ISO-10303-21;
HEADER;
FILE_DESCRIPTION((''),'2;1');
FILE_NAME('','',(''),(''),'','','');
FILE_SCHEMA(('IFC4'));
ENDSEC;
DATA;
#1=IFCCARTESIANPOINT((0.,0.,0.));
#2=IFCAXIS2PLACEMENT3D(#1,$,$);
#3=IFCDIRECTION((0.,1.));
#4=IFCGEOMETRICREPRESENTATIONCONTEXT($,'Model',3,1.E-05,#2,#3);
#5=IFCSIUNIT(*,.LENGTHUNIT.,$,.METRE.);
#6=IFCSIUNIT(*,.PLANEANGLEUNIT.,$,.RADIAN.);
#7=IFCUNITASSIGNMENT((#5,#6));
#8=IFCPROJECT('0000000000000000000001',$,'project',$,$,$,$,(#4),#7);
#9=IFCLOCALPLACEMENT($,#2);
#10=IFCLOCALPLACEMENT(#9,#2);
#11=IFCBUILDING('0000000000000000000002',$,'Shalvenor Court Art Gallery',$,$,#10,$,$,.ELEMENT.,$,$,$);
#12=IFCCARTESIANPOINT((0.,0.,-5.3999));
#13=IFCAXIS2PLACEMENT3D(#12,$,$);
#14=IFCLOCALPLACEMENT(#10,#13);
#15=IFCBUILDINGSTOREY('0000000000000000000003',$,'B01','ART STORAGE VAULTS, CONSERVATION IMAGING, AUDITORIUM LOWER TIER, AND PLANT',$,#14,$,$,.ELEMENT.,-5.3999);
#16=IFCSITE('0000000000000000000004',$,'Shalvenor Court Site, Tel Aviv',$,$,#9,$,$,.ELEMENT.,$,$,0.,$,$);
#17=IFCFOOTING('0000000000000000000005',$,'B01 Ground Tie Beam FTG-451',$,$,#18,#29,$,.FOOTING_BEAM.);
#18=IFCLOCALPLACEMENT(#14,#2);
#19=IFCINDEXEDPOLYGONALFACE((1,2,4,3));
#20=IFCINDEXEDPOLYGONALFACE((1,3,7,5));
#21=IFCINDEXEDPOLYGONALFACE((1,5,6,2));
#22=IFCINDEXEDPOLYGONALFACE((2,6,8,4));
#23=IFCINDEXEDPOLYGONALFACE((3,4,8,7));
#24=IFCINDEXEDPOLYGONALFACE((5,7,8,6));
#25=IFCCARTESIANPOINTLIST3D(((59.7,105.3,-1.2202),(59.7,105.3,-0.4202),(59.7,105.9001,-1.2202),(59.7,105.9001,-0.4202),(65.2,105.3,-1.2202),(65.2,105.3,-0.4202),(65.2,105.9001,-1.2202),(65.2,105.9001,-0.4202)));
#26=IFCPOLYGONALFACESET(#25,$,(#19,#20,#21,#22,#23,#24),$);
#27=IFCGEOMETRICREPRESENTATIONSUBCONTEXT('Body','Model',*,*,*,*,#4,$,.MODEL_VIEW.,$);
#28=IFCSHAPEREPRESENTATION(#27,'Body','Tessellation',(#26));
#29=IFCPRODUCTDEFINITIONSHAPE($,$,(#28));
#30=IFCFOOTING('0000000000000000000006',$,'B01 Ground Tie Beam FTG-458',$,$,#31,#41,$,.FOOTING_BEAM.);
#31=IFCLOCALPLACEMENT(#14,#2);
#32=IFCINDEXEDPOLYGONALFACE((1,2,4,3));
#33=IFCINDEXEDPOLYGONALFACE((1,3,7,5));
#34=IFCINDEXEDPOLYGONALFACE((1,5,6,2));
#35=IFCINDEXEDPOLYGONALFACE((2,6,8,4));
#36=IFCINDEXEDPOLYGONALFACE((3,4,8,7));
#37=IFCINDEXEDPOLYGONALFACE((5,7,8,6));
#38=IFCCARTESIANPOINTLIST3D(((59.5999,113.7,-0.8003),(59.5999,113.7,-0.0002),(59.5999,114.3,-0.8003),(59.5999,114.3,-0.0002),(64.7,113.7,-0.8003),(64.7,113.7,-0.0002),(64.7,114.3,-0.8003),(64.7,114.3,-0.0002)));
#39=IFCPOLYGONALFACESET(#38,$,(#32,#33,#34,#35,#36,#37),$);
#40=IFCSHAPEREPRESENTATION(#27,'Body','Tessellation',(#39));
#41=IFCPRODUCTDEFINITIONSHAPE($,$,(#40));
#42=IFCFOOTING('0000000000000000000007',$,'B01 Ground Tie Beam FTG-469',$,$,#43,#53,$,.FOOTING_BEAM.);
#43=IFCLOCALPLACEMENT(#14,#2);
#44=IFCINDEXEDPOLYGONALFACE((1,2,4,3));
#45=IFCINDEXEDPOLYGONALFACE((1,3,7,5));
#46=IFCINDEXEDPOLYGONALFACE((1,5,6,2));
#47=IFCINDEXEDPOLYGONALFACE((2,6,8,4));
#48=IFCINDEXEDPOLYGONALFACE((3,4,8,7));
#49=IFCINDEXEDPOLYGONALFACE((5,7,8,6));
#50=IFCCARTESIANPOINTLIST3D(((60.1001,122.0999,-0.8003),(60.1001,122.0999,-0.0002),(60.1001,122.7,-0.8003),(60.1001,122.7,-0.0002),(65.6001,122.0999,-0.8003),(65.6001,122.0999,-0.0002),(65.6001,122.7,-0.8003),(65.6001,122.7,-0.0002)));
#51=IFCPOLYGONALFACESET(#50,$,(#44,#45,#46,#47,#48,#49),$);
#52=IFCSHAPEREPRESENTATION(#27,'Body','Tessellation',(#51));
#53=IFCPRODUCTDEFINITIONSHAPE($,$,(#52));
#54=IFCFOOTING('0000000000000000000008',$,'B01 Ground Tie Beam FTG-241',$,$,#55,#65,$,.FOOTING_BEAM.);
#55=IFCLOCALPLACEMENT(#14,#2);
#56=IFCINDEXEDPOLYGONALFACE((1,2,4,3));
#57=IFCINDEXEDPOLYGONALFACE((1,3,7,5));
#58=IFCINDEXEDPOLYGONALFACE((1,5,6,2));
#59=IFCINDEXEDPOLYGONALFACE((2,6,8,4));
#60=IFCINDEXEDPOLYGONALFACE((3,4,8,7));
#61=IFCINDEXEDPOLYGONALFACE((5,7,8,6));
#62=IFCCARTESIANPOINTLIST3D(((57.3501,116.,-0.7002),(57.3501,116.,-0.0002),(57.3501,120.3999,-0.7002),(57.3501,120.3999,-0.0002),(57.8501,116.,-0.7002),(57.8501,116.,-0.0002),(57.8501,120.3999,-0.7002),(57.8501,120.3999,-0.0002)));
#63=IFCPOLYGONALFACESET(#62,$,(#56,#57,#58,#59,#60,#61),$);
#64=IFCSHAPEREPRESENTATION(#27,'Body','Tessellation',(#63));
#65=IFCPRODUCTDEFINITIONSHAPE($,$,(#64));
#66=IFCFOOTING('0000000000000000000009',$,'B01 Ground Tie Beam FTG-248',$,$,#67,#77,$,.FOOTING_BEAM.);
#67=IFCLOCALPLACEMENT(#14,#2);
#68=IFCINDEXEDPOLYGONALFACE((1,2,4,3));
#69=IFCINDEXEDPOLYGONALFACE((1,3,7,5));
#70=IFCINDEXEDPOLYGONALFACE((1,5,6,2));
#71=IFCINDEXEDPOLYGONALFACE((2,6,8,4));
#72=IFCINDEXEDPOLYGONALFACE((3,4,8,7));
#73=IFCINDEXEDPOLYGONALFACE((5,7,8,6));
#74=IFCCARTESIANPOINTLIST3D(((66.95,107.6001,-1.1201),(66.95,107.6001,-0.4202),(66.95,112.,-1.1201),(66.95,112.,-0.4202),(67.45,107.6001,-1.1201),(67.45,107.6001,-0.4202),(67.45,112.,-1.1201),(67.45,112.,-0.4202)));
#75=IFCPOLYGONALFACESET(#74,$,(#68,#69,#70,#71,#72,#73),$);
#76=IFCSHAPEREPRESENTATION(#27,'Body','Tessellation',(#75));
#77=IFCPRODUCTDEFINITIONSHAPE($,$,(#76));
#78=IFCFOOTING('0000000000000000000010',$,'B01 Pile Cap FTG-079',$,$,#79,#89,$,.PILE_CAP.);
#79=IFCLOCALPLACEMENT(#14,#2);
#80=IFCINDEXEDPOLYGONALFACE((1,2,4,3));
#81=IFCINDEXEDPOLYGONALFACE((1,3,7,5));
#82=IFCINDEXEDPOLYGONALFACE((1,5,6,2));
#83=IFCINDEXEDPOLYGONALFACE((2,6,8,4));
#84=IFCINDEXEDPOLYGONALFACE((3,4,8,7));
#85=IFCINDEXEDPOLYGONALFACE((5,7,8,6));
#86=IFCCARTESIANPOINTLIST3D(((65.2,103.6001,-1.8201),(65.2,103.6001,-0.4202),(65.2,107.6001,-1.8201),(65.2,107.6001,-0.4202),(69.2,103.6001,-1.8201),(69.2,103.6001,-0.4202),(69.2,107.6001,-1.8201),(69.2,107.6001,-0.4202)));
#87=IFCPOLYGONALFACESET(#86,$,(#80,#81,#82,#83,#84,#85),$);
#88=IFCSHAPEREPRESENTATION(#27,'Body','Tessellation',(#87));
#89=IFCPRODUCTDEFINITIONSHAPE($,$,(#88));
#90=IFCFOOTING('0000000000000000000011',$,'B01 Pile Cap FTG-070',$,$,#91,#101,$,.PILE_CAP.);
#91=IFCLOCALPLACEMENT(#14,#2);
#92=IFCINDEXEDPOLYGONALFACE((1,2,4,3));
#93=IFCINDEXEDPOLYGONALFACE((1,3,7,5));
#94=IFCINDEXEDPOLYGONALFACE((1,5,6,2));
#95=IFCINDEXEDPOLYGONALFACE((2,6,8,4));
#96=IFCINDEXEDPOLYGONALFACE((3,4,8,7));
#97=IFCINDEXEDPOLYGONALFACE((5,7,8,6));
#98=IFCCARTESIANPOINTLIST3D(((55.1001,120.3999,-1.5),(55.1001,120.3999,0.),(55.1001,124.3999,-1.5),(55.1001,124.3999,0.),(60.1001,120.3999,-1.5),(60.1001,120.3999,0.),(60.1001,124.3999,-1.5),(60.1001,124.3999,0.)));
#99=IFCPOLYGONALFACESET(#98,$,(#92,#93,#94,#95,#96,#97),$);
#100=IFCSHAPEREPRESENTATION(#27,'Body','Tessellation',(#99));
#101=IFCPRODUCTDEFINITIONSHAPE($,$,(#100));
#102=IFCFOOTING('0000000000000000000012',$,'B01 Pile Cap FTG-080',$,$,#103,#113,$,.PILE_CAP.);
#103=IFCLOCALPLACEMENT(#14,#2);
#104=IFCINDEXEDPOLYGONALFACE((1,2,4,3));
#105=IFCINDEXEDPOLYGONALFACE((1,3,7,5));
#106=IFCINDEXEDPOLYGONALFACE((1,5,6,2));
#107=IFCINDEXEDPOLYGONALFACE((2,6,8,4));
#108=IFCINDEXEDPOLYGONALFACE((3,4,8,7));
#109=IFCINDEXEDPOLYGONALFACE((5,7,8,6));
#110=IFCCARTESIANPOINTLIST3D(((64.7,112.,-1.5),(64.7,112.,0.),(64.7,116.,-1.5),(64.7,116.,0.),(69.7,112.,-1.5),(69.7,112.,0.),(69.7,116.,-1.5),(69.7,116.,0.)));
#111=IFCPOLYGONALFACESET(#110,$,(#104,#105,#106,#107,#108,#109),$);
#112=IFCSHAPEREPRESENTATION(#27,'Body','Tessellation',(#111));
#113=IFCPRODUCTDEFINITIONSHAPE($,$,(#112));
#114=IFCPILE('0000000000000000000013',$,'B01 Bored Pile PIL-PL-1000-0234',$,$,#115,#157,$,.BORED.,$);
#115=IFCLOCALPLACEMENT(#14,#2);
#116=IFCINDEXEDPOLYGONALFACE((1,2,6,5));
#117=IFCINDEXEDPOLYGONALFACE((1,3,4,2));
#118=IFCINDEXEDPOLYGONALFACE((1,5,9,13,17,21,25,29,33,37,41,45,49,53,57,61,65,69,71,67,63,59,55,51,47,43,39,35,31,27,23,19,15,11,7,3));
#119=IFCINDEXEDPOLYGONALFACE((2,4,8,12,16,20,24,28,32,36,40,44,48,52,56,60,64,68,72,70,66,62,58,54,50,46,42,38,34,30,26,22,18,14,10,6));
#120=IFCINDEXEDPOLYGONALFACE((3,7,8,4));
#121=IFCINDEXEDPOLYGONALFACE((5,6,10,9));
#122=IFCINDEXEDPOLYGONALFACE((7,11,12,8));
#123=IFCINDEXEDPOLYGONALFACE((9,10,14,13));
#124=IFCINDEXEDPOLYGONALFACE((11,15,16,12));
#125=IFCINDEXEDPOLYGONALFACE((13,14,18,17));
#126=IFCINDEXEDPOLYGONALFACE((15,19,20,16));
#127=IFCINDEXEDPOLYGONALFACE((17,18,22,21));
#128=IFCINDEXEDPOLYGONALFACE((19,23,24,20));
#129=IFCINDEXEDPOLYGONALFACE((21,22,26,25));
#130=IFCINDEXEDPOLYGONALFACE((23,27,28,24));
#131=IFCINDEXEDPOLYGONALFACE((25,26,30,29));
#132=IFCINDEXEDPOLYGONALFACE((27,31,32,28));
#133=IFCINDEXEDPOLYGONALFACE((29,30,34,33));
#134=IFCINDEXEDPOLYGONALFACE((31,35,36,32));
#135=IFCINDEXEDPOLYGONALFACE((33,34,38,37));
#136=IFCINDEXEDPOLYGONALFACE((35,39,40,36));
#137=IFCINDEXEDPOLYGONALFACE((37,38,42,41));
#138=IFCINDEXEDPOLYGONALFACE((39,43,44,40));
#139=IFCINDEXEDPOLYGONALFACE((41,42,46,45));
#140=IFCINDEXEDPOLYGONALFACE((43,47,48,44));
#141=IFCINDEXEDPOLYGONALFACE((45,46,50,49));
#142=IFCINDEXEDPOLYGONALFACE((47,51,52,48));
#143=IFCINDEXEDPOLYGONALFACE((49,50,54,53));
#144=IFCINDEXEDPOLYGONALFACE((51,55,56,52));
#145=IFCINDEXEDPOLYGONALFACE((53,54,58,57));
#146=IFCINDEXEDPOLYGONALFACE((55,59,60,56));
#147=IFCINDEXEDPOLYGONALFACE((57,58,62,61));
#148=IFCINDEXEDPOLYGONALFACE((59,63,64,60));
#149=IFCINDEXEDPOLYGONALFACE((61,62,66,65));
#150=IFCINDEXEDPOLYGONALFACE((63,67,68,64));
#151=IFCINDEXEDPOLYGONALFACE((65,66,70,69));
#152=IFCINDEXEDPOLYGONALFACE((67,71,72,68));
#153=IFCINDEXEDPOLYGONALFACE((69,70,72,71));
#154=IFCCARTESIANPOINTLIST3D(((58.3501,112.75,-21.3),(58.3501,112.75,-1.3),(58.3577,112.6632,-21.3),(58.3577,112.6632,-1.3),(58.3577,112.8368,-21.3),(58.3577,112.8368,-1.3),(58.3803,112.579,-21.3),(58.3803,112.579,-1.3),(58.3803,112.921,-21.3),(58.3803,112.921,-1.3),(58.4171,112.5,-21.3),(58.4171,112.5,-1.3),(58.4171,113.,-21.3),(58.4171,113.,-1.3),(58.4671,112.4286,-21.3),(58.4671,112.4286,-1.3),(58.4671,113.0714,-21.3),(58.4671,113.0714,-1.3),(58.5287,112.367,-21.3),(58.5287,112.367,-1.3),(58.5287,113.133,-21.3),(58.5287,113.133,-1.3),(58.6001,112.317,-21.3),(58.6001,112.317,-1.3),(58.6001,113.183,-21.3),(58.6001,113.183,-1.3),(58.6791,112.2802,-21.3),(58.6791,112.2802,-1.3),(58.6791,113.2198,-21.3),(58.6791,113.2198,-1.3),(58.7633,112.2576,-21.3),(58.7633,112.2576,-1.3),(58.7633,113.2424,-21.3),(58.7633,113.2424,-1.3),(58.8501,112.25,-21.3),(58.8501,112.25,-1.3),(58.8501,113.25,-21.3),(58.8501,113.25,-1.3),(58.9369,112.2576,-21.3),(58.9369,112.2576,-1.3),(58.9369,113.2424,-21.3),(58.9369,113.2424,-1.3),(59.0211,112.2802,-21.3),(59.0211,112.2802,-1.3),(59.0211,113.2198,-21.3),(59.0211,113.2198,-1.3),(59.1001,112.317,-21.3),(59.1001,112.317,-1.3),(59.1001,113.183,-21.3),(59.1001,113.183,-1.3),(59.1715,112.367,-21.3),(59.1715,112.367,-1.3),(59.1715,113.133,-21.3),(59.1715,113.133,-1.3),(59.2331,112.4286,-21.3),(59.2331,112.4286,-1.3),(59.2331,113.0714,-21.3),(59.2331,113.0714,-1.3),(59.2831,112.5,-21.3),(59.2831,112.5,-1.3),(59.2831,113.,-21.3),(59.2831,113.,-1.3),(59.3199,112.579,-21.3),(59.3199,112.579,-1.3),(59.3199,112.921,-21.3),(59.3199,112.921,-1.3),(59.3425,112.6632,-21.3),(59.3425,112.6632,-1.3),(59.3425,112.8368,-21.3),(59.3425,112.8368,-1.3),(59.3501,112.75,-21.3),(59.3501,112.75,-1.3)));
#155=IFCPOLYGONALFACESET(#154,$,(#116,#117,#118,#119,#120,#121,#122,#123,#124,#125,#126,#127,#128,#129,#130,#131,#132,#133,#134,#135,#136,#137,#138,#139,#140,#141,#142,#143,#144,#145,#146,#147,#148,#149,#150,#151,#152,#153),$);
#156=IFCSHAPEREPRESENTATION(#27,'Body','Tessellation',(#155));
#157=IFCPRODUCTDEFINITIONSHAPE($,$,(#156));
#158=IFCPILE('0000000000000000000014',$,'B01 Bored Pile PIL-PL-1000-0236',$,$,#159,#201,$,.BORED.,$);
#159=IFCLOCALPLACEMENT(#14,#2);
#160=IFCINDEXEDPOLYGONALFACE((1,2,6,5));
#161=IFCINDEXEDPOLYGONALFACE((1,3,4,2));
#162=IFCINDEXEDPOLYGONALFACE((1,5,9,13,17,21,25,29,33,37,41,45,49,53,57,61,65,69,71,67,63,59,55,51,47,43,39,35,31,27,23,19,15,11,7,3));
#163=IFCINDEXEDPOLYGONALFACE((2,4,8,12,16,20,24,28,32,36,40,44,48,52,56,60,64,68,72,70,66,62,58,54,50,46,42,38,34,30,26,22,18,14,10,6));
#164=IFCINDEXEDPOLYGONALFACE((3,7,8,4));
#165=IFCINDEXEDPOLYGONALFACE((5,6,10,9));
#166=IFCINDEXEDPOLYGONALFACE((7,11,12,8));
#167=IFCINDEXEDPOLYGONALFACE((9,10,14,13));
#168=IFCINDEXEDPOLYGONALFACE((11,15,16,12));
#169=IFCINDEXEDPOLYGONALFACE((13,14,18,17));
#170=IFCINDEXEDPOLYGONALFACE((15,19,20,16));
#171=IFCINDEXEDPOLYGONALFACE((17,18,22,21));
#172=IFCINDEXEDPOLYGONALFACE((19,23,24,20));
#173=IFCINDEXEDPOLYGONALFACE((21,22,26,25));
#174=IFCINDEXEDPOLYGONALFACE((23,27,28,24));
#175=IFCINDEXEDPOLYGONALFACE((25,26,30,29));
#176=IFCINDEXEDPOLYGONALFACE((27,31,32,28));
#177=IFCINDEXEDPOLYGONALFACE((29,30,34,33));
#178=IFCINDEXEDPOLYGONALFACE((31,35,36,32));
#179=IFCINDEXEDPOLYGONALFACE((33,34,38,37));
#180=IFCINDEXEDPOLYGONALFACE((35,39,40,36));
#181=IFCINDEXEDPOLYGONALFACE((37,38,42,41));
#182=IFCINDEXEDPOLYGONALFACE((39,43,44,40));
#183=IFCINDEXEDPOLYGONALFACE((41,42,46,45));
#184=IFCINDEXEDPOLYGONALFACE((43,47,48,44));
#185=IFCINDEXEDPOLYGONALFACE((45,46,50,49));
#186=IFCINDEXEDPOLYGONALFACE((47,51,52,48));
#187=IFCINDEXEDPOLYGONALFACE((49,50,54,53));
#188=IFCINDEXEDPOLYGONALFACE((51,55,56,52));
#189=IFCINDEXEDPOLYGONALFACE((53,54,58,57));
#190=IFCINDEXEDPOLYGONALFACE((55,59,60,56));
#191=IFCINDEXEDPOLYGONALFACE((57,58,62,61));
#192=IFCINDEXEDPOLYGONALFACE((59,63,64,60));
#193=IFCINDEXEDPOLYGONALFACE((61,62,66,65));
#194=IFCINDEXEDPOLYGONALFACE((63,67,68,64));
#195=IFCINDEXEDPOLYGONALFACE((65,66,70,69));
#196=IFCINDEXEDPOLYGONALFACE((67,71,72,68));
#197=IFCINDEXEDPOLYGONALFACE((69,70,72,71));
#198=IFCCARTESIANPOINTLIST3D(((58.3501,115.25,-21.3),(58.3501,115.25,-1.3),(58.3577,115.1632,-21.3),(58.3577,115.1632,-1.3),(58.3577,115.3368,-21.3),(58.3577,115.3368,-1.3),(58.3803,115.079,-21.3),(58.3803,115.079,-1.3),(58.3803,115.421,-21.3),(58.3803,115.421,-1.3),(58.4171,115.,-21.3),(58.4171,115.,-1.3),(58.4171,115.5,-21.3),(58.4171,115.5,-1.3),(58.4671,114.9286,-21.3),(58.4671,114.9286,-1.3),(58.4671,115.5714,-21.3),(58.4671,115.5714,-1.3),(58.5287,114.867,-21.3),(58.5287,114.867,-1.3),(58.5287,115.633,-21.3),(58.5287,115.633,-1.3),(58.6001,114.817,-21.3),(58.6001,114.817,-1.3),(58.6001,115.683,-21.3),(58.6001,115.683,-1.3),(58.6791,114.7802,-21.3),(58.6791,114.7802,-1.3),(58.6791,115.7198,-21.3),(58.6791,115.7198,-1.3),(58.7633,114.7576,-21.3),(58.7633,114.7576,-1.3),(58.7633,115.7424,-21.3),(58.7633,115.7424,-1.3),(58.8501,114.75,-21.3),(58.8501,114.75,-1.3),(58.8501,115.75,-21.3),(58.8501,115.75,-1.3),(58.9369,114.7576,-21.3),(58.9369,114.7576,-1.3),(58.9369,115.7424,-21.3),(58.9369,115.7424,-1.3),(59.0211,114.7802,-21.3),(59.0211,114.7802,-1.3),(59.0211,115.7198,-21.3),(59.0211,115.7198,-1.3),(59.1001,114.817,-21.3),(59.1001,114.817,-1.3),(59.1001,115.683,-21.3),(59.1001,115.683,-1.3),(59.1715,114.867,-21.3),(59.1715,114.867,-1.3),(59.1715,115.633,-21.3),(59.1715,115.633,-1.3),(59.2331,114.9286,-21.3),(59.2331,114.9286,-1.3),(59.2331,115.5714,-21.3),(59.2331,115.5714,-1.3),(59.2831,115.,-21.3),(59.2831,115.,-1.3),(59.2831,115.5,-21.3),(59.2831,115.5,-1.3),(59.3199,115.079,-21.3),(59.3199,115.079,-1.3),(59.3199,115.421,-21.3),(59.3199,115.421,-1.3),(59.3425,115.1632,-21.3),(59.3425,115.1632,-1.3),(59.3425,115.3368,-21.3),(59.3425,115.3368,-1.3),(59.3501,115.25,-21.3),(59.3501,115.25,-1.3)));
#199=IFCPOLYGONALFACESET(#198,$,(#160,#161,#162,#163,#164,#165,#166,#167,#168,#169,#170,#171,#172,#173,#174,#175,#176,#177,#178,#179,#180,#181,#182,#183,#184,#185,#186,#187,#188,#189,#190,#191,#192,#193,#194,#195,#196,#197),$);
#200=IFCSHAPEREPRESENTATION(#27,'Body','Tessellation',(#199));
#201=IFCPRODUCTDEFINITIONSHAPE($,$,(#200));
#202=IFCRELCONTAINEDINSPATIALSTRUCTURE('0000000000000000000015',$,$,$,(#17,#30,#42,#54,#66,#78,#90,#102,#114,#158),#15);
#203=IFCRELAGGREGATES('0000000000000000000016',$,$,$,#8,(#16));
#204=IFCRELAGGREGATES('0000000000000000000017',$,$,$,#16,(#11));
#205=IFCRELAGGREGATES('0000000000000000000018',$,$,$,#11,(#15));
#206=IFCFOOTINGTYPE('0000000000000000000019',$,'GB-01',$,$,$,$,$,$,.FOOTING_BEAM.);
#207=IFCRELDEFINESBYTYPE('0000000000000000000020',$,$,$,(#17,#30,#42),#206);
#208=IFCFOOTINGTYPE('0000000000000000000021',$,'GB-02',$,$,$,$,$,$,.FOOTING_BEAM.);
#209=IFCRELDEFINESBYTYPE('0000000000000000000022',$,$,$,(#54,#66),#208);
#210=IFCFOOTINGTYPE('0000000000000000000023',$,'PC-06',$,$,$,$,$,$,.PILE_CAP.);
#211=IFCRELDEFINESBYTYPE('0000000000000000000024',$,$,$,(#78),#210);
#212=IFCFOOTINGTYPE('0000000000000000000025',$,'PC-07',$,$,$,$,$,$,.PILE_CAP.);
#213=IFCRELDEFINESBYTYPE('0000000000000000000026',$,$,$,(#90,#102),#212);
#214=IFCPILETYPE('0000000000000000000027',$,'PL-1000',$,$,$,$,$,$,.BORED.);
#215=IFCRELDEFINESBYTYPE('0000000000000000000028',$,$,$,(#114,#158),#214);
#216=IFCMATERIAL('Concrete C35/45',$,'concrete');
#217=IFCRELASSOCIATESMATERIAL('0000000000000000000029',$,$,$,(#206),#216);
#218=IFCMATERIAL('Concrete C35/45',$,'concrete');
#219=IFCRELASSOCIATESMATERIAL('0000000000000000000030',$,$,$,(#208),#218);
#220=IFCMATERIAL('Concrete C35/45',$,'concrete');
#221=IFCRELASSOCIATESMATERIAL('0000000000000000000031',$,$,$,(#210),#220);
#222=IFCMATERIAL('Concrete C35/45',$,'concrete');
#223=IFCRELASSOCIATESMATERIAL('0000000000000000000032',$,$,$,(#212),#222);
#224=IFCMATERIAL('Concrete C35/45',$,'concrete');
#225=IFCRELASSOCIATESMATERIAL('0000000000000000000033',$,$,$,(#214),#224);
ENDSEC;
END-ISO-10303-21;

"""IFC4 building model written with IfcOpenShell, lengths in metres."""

from ifc_helpers import new_model, si_unit, direction, frame, origin, origin_2d, place, context, subcontext, project, spatial, rectangle, circle, extrude, material, material_profile, profile_set, type_object, element, save


model = new_model("IFC4")

# Units and contexts
model_context = context("Model", 3, precision=1e-05, world=origin(), true_north=direction((0.0, 1.0)))
body_context = subcontext(model_context, "Body", "Model", "MODEL_VIEW")
ifc_project = project(units=[si_unit("LENGTHUNIT", "METRE"), si_unit("PLANEANGLEUNIT", "RADIAN")], contexts=[model_context])

# Site, building, storey
site_placement = place(None, origin())
site = spatial("IfcSite", under=ifc_project, at=site_placement, Name="Shalvenor Court Site, Tel Aviv", CompositionType="ELEMENT", RefElevation=0.0)
building_placement = place(site_placement, origin())
building = spatial("IfcBuilding", under=site, at=building_placement, Name="Shalvenor Court Art Gallery", CompositionType="ELEMENT")
storey_placement = place(building_placement, frame((0.0, 0.0, -5.3999)))
storey = spatial("IfcBuildingStorey", under=building, at=storey_placement, Name="B01", Description="ART STORAGE VAULTS, CONSERVATION IMAGING, AUDITORIUM LOWER TIER, AND PLANT", CompositionType="ELEMENT", Elevation=-5.3999)

# Footings
ifc_material_1 = material(Name="Concrete C35/45", Category="concrete")
footing_type_1 = type_object("IfcFootingType", Name="GB-01", PredefinedType="FOOTING_BEAM", material=ifc_material_1)
footing_1_placement = place(storey_placement, frame((62.45, 105.6001, -1.2202), z_axis=(0.0, 0.0, 1.0), x_axis=(1.0, 0.0, 0.0)))
element("IfcFooting", 1, at=footing_1_placement, inside=storey, type_object=footing_type_1, Name="B01 Ground Tie Beam FTG-451", PredefinedType="FOOTING_BEAM", context=body_context, shape_type="SweptSolid", body=[
    extrude(rectangle(XDim=5.5, YDim=0.6001, at=origin_2d()), origin(), (0.0, 0.0, 1.0), 0.8),
])
footing_2_placement = place(storey_placement, frame((62.1499, 114.0, -0.8003), z_axis=(0.0, 0.0, 1.0), x_axis=(1.0, 0.0, 0.0)))
element("IfcFooting", 2, at=footing_2_placement, inside=storey, type_object=footing_type_1, Name="B01 Ground Tie Beam FTG-458", PredefinedType="FOOTING_BEAM", context=body_context, shape_type="SweptSolid", body=[
    extrude(rectangle(XDim=5.1001, YDim=0.6001, at=origin_2d()), origin(), (0.0, 0.0, 1.0), 0.8),
])
footing_3_placement = place(storey_placement, frame((62.8501, 122.3999, -0.8003), z_axis=(0.0, 0.0, 1.0), x_axis=(1.0, 0.0, 0.0)))
element("IfcFooting", 3, at=footing_3_placement, inside=storey, type_object=footing_type_1, Name="B01 Ground Tie Beam FTG-469", PredefinedType="FOOTING_BEAM", context=body_context, shape_type="SweptSolid", body=[
    extrude(rectangle(XDim=5.5, YDim=0.6001, at=origin_2d()), origin(), (0.0, 0.0, 1.0), 0.8),
])
ifc_material_2 = material(Name="Concrete C35/45", Category="concrete")
footing_type_2 = type_object("IfcFootingType", Name="GB-02", PredefinedType="FOOTING_BEAM", material=ifc_material_2)
for number, where, z_axis, x_axis, name in (
    (4, (57.6001, 118.2, -0.7002), (0.0, 0.0, 1.0), (0.0, 1.0, 0.0), "B01 Ground Tie Beam FTG-241"),
    (5, (67.2, 109.8, -1.1201), (0.0, 0.0, 1.0), (0.0, 1.0, 0.0), "B01 Ground Tie Beam FTG-248"),
):
    element("IfcFooting", number, at=place(storey_placement, frame(where, z_axis=z_axis, x_axis=x_axis)), inside=storey, type_object=footing_type_2, Name=name, PredefinedType="FOOTING_BEAM", context=body_context, shape_type="SweptSolid", body=[
        extrude(rectangle(XDim=4.3999, YDim=0.5, at=origin_2d()), origin(), (0.0, 0.0, 1.0), 0.7),
    ])
ifc_material_3 = material(Name="Concrete C35/45", Category="concrete")
footing_type_3 = type_object("IfcFootingType", Name="PC-06", PredefinedType="PILE_CAP", material=ifc_material_3)
footing_4_placement = place(storey_placement, frame((67.2, 105.6001, -1.8201), z_axis=(0.0, 0.0, 1.0), x_axis=(1.0, 0.0, 0.0)))
element("IfcFooting", 6, at=footing_4_placement, inside=storey, type_object=footing_type_3, Name="B01 Pile Cap FTG-079", PredefinedType="PILE_CAP", context=body_context, shape_type="SweptSolid", body=[
    extrude(rectangle(XDim=4.0, YDim=4.0, at=origin_2d()), origin(), (0.0, 0.0, 1.0), 1.3999),
])
ifc_material_4 = material(Name="Concrete C35/45", Category="concrete")
footing_type_4 = type_object("IfcFootingType", Name="PC-07", PredefinedType="PILE_CAP", material=ifc_material_4)
for number, where, z_axis, x_axis, name in (
    (7, (57.6001, 122.3999, -1.5), (0.0, 0.0, 1.0), (1.0, 0.0, 0.0), "B01 Pile Cap FTG-070"),
    (8, (67.2, 114.0, -1.5), (0.0, 0.0, 1.0), (1.0, 0.0, 0.0), "B01 Pile Cap FTG-080"),
):
    element("IfcFooting", number, at=place(storey_placement, frame(where, z_axis=z_axis, x_axis=x_axis)), inside=storey, type_object=footing_type_4, Name=name, PredefinedType="PILE_CAP", context=body_context, shape_type="SweptSolid", body=[
        extrude(rectangle(XDim=5.0, YDim=4.0, at=origin_2d()), origin(), (0.0, 0.0, 1.0), 1.5),
    ])

# Piles
ifc_material_5 = material(Name="Concrete C35/45", Category="concrete")
ifc_material_profile_1 = material_profile(ifc_material_5, circle(Radius=0.5, at=origin_2d()), Name="PILE 1000")
ifc_profile_set_1 = profile_set([ifc_material_profile_1], Name="Concrete C35/45")
pile_type_1 = type_object("IfcPileType", Name="PL-1000", PredefinedType="BORED", material=ifc_profile_set_1)
for number, where, z_axis, x_axis, name in (
    (9, (58.8501, 112.75, -1.3), (0.0, 0.0, -1.0), (1.0, 0.0, 0.0), "B01 Bored Pile PIL-PL-1000-0234"),
    (10, (58.8501, 115.25, -1.3), (0.0, 0.0, -1.0), (1.0, 0.0, 0.0), "B01 Bored Pile PIL-PL-1000-0236"),
):
    element("IfcPile", number, at=place(storey_placement, frame(where, z_axis=z_axis, x_axis=x_axis)), inside=storey, type_object=pile_type_1, Name=name, PredefinedType="BORED", context=body_context, shape_type="SweptSolid", body=[
        extrude(circle(Radius=0.5, at=origin_2d()), origin(), (0.0, 0.0, 1.0), 20.0),
    ])

save(model, "model.ifc")
